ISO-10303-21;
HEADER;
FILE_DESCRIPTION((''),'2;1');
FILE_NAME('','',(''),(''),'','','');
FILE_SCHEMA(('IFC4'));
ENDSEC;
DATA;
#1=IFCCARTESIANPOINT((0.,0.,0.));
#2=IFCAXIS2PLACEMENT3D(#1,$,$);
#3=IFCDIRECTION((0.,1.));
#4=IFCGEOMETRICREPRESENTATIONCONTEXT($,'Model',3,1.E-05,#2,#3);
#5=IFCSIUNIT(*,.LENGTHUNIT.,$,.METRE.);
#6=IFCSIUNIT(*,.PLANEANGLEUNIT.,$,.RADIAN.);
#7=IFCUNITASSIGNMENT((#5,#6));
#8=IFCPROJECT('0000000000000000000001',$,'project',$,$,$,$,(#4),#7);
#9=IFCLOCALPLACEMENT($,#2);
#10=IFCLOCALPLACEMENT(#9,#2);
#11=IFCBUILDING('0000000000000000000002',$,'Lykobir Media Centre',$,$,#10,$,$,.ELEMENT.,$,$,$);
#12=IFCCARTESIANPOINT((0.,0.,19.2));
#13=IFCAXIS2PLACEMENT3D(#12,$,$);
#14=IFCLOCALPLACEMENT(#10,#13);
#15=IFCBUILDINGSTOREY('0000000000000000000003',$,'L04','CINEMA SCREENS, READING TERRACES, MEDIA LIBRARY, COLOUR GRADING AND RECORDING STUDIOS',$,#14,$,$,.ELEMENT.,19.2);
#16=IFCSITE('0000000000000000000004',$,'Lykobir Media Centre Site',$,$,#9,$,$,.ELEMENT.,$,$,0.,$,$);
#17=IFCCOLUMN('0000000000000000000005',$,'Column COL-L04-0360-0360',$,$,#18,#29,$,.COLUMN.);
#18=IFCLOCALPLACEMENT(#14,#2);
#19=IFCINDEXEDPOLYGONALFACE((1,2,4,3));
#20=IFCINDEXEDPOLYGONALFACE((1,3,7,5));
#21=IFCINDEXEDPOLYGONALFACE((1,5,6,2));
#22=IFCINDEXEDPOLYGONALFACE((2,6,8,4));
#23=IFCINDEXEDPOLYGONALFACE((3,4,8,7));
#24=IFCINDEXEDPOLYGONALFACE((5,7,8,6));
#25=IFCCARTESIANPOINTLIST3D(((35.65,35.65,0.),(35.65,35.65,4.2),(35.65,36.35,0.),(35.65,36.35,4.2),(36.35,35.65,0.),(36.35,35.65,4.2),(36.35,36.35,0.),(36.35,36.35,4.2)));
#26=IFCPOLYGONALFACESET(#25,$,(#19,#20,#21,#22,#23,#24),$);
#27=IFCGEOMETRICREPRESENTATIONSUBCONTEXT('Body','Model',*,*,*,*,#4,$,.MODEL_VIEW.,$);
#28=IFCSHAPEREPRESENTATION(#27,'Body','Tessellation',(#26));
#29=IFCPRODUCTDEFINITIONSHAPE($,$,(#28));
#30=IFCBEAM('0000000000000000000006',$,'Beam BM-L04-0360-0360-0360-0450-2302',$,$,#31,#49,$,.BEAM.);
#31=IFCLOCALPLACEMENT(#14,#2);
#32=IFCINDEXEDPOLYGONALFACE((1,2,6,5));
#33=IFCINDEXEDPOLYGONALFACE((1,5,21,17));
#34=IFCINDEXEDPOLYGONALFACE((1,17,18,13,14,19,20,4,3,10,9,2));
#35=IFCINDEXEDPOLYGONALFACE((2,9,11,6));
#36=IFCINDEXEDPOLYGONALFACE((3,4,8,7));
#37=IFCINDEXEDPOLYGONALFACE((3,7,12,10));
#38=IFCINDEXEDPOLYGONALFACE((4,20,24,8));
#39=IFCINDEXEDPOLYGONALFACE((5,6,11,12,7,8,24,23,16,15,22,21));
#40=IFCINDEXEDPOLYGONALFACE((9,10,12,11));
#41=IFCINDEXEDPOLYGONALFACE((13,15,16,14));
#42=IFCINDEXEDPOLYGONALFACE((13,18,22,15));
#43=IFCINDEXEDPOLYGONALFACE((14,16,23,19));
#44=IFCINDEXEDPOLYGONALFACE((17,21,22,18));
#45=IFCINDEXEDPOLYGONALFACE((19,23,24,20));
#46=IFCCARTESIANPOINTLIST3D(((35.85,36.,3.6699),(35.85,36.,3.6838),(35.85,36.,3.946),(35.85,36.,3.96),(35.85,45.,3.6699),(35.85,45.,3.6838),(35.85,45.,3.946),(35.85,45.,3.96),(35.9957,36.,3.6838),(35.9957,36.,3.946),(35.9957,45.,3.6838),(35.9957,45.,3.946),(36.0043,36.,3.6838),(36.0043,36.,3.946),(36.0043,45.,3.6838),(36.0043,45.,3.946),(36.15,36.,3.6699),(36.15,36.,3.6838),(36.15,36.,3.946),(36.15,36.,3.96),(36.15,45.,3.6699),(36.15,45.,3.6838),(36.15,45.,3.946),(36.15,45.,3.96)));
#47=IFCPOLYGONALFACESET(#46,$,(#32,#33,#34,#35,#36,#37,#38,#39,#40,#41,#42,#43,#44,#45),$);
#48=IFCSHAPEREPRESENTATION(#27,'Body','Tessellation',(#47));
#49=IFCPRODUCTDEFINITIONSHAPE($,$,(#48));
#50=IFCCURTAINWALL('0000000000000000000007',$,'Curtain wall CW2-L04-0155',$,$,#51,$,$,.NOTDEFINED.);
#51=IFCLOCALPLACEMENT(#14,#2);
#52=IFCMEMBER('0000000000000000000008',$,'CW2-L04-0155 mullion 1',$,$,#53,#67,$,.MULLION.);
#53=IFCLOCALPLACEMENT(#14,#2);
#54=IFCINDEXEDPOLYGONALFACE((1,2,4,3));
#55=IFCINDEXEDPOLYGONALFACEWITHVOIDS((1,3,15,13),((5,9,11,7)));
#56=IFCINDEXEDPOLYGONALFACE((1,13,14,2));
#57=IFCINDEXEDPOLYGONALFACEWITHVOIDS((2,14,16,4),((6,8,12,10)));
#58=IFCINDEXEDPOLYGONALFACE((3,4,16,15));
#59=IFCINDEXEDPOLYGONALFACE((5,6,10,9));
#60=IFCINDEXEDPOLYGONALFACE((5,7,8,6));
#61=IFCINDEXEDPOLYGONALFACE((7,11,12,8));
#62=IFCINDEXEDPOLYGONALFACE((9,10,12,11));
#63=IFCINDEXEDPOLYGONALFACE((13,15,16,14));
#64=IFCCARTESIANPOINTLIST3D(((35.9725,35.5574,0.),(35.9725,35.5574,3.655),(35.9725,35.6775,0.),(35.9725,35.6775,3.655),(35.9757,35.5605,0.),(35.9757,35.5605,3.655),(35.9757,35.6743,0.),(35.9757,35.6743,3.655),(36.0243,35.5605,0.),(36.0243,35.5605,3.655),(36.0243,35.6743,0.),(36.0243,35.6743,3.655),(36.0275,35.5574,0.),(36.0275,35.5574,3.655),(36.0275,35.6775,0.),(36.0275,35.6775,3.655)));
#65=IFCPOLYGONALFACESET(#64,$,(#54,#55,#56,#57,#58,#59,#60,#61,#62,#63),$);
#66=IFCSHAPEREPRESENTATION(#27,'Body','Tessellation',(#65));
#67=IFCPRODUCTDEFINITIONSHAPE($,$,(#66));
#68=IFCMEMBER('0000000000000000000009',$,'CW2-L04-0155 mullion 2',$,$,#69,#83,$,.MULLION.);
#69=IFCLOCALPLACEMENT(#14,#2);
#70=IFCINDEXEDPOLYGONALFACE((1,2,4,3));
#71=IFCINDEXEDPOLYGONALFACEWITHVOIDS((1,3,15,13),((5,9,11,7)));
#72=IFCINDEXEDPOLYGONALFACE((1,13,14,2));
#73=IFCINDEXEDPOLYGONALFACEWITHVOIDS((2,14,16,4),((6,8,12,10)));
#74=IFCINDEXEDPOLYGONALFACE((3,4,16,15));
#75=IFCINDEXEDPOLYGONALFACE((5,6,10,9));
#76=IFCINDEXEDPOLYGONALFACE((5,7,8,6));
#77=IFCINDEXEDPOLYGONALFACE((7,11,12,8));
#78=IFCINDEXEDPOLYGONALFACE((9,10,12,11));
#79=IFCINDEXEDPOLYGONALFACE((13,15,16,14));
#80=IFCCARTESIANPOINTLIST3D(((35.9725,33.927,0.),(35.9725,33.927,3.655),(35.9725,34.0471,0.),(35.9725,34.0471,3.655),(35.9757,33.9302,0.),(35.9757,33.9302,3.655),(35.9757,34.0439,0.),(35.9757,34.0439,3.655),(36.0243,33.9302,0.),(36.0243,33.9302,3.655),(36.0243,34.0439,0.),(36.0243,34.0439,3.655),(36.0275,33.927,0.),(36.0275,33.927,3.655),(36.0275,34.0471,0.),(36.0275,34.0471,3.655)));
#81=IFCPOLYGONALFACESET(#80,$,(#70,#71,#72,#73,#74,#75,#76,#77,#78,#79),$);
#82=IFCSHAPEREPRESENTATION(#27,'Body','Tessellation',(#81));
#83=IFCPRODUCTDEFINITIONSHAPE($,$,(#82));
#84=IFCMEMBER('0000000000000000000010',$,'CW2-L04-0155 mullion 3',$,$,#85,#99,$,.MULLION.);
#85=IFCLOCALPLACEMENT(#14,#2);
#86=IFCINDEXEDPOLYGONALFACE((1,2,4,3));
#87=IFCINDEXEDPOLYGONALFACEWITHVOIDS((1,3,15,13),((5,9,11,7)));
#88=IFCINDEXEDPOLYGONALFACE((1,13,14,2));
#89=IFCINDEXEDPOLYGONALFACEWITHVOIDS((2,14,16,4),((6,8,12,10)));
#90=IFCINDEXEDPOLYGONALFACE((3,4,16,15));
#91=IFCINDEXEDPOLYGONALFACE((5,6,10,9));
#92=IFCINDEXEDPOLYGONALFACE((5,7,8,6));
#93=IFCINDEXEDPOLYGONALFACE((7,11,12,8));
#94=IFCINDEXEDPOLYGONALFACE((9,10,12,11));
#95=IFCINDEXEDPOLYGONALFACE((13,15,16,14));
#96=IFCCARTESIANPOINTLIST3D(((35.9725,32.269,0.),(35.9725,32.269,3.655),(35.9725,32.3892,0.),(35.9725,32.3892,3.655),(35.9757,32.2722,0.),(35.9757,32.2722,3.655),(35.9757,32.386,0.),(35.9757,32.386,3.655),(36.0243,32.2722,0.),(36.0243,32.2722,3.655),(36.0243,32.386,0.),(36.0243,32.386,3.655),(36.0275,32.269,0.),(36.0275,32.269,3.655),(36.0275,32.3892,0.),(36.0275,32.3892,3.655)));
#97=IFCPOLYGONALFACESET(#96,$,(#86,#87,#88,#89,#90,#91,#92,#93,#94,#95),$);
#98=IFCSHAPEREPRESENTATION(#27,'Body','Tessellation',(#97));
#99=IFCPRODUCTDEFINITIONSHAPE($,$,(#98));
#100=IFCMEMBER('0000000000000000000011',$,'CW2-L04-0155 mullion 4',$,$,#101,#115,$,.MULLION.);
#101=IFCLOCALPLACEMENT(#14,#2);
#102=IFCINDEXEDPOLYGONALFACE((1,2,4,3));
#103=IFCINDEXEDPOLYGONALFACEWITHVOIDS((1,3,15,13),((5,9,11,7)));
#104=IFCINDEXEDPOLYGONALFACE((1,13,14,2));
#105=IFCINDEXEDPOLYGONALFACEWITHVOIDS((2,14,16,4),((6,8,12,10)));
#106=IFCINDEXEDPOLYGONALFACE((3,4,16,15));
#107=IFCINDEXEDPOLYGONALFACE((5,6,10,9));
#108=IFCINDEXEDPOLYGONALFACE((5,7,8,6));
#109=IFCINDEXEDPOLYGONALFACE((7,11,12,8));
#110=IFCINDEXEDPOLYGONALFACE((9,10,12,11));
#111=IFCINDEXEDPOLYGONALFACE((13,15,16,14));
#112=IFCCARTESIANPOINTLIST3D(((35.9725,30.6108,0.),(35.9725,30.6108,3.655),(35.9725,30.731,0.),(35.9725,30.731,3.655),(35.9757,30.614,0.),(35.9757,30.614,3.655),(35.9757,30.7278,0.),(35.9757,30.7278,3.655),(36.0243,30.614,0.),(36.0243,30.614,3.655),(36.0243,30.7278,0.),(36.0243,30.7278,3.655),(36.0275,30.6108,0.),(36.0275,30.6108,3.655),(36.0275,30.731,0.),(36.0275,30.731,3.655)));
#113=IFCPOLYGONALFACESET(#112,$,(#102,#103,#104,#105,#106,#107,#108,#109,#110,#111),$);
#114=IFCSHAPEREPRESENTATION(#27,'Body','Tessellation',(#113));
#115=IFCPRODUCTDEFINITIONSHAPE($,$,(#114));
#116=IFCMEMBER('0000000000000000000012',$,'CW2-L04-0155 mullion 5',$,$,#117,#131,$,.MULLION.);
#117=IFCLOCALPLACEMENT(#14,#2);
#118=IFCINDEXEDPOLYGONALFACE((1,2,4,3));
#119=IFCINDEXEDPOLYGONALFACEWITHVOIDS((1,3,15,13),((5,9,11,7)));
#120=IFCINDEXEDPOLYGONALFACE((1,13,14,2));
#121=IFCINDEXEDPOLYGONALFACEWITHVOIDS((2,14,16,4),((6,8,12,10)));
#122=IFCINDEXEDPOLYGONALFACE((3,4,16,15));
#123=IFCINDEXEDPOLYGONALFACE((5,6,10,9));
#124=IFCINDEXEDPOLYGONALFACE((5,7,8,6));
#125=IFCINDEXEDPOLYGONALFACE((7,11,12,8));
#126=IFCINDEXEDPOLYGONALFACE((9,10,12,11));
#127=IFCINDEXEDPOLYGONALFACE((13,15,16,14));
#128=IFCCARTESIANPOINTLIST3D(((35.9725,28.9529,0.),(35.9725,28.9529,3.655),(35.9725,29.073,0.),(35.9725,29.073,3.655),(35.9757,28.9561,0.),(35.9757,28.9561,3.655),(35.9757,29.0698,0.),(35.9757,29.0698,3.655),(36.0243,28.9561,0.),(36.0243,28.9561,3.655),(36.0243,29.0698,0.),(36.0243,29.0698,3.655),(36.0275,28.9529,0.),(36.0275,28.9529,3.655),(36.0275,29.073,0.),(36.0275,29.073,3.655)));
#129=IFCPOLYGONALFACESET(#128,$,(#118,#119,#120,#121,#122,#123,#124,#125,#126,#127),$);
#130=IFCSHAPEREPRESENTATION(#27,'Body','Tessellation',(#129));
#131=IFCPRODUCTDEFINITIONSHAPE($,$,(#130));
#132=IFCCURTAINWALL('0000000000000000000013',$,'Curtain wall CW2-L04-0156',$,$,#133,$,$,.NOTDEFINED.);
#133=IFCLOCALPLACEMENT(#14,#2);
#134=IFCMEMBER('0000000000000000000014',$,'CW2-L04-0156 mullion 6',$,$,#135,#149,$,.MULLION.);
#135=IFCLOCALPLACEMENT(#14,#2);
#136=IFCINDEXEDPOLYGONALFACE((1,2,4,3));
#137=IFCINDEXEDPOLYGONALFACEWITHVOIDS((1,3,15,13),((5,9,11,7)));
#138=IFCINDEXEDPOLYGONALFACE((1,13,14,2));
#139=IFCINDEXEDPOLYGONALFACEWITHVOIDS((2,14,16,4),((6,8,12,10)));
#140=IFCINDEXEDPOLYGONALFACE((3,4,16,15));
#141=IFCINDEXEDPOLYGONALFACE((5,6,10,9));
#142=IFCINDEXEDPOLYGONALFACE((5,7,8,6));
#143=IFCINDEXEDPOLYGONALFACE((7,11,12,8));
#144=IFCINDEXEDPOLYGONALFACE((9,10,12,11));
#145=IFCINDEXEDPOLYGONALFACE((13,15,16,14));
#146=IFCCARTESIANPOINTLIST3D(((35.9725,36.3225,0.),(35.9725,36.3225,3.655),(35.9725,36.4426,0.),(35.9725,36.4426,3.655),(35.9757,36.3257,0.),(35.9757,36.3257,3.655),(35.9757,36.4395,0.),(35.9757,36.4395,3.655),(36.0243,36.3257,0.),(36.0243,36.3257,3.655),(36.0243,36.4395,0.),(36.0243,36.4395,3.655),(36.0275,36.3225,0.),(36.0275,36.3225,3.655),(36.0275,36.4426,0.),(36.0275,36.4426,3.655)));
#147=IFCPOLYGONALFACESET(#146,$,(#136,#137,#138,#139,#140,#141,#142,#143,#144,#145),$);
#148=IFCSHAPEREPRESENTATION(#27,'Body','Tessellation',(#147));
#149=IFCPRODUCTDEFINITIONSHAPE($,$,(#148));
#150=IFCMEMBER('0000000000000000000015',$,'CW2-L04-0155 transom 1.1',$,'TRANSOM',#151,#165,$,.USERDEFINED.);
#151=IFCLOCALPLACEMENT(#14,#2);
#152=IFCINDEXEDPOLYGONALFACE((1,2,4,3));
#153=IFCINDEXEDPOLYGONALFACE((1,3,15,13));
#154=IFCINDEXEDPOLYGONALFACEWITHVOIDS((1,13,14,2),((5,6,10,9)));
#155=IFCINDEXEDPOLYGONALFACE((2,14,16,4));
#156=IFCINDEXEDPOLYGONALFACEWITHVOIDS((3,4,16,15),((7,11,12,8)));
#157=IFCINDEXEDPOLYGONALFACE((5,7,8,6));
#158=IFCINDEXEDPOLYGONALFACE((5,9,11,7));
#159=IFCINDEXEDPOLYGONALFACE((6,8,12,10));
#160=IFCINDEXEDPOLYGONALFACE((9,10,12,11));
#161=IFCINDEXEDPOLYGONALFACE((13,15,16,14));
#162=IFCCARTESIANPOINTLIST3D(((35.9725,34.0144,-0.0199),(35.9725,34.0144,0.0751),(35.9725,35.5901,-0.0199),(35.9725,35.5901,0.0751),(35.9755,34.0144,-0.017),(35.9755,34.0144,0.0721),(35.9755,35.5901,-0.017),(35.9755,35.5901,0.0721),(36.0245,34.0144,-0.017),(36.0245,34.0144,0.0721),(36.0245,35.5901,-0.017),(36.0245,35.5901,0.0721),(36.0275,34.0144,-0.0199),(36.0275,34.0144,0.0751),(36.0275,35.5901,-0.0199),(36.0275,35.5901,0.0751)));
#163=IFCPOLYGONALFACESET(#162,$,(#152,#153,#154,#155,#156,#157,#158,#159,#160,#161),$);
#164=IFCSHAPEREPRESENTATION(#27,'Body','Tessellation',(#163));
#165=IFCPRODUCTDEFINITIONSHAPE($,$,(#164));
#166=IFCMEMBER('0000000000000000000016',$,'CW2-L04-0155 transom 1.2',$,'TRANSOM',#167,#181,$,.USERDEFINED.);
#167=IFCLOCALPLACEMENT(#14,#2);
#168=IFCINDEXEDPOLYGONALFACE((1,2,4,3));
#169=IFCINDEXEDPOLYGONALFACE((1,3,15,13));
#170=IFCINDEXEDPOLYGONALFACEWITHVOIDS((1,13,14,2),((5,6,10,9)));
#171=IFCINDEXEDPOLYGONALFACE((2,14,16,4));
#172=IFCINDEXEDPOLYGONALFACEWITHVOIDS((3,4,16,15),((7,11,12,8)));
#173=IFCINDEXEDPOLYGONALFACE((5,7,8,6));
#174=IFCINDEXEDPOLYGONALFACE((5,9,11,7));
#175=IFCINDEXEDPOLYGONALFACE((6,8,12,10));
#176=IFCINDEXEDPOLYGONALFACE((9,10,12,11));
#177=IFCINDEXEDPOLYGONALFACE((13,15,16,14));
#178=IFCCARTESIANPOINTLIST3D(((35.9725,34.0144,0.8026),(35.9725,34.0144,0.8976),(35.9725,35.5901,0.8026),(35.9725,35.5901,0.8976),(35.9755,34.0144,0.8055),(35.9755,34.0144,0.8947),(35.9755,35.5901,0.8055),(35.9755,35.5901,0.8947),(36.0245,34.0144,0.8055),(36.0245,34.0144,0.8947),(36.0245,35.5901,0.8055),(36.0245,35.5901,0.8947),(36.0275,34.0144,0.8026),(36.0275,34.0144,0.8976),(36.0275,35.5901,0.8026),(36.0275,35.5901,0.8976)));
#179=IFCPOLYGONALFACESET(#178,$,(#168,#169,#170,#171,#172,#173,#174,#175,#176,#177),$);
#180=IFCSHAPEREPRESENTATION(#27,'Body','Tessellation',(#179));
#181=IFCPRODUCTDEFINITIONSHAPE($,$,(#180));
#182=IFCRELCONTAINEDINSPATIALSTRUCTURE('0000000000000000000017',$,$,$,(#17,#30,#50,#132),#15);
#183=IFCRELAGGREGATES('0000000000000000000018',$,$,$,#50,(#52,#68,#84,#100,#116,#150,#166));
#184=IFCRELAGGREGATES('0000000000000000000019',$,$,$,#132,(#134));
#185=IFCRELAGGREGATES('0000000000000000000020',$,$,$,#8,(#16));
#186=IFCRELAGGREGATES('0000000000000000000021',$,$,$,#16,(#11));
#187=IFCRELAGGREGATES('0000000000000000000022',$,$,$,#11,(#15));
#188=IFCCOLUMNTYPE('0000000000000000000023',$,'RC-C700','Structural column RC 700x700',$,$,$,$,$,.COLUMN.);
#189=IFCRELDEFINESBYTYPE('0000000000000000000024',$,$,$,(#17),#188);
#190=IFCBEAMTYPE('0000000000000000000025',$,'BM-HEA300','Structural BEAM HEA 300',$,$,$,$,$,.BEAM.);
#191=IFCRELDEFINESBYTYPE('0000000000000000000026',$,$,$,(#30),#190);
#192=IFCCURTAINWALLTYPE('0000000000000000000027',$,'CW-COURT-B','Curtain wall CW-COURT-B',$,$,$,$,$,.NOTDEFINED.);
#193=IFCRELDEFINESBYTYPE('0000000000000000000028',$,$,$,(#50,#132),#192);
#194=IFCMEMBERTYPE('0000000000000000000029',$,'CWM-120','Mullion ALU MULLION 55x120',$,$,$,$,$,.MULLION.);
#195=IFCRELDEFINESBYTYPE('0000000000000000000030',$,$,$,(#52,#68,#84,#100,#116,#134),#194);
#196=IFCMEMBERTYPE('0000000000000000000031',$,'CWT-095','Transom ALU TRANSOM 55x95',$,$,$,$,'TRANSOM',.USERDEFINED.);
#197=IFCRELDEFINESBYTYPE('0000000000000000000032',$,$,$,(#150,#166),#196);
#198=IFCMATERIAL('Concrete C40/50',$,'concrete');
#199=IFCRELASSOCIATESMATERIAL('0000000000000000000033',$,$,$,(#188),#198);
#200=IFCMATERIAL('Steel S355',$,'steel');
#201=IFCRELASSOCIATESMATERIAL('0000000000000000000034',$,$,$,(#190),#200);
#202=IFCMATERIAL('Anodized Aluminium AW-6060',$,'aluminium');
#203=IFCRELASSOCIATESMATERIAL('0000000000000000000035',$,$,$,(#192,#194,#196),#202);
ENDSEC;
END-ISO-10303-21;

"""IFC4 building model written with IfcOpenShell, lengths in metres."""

from ifc_helpers import new_model, si_unit, direction, frame, origin, origin_2d, place, context, subcontext, project, spatial, rectangle, hollow_rectangle, i_section, extrude, material, material_profile, profile_set, type_object, element, aggregate, save


model = new_model("IFC4")

# Units and contexts
model_context = context("Model", 3, precision=1e-05, world=origin(), true_north=direction((0.0, 1.0)))
body_context = subcontext(model_context, "Body", "Model", "MODEL_VIEW")
ifc_project = project(units=[si_unit("LENGTHUNIT", "METRE"), si_unit("PLANEANGLEUNIT", "RADIAN")], contexts=[model_context])

# Site, building, storey
site_placement = place(None, origin())
site = spatial("IfcSite", under=ifc_project, at=site_placement, Name="Lykobir Media Centre Site", CompositionType="ELEMENT", RefElevation=0.0)
building_placement = place(site_placement, origin())
building = spatial("IfcBuilding", under=site, at=building_placement, Name="Lykobir Media Centre", CompositionType="ELEMENT")
storey_placement = place(building_placement, frame((0.0, 0.0, 19.2)))
storey = spatial("IfcBuildingStorey", under=building, at=storey_placement, Name="L04", Description="CINEMA SCREENS, READING TERRACES, MEDIA LIBRARY, COLOUR GRADING AND RECORDING STUDIOS", CompositionType="ELEMENT", Elevation=19.2)

# Column
ifc_material_1 = material(Name="Concrete C40/50", Category="concrete")
ifc_material_profile_1 = material_profile(ifc_material_1, rectangle(XDim=0.7, YDim=0.7, at=origin_2d()), Name="RC 700x700")
ifc_profile_set_1 = profile_set([ifc_material_profile_1], Name="Concrete C40/50")
column_type = type_object("IfcColumnType", Name="RC-C700", Description="Structural column RC 700x700", PredefinedType="COLUMN", material=ifc_profile_set_1)
column_placement = place(storey_placement, frame((36.0, 36.0, 0.0), z_axis=(0.0, 0.0, 1.0), x_axis=(1.0, 0.0, 0.0)))
element("IfcColumn", 1, at=column_placement, inside=storey, type_object=column_type, Name="Column COL-L04-0360-0360", PredefinedType="COLUMN", context=body_context, shape_type="SweptSolid", body=[
    extrude(rectangle(XDim=0.7, YDim=0.7, at=origin_2d()), origin(), (0.0, 0.0, 1.0), 4.2),
])

# Beam
ifc_material_2 = material(Name="Steel S355", Category="steel")
ifc_material_profile_2 = material_profile(ifc_material_2, i_section(OverallWidth=0.3, OverallDepth=0.29, WebThickness=0.0085, FlangeThickness=0.0139, at=origin_2d()), Name="HEA 300")
ifc_profile_set_2 = profile_set([ifc_material_profile_2], Name="Steel S355")
beam_type = type_object("IfcBeamType", Name="BM-HEA300", Description="Structural BEAM HEA 300", PredefinedType="BEAM", material=ifc_profile_set_2)
beam_placement = place(storey_placement, frame((36.0, 36.0, 3.8149), z_axis=(0.0, 1.0, 0.0), x_axis=(-1.0, 0.0, 0.0)))
element("IfcBeam", 2, at=beam_placement, inside=storey, type_object=beam_type, Name="Beam BM-L04-0360-0360-0360-0450-2302", PredefinedType="BEAM", context=body_context, shape_type="SweptSolid", body=[
    extrude(i_section(OverallWidth=0.3, OverallDepth=0.29, WebThickness=0.0085, FlangeThickness=0.0139, at=origin_2d()), origin(), (0.0, 0.0, 1.0), 9.0),
])

# Curtain wall, members
ifc_material_3 = material(Name="Anodized Aluminium AW-6060", Category="aluminium")
curtain_wall_type = type_object("IfcCurtainWallType", Name="CW-COURT-B", Description="Curtain wall CW-COURT-B", PredefinedType="NOTDEFINED", material=ifc_material_3)
curtain_wall_1_placement = place(storey_placement, origin())
curtain_wall_1 = element("IfcCurtainWall", 3, at=curtain_wall_1_placement, inside=storey, type_object=curtain_wall_type, Name="Curtain wall CW2-L04-0155", PredefinedType="NOTDEFINED")
ifc_material_profile_3 = material_profile(ifc_material_3, hollow_rectangle(XDim=0.0549, YDim=0.1201, WallThickness=0.0032, at=origin_2d()), Name="ALU MULLION 55x120")
ifc_profile_set_3 = profile_set([ifc_material_profile_3], Name="Anodized Aluminium AW-6060")
member_type_1 = type_object("IfcMemberType", Name="CWM-120", Description="Mullion ALU MULLION 55x120", PredefinedType="MULLION", material=ifc_profile_set_3)
member_1_placement = place(storey_placement, frame((36.0, 35.6174, 0.0), z_axis=(0.0, 0.0, 1.0), x_axis=(1.0, 0.0, 0.0)))
member_1 = element("IfcMember", 4, at=member_1_placement, type_object=member_type_1, Name="CW2-L04-0155 mullion 1", PredefinedType="MULLION", context=body_context, shape_type="SweptSolid", body=[
    extrude(hollow_rectangle(XDim=0.0549, YDim=0.1201, WallThickness=0.0032, at=origin_2d()), origin(), (0.0, 0.0, 1.0), 3.655),
])
member_2_placement = place(storey_placement, frame((36.0, 33.9871, 0.0), z_axis=(0.0, 0.0, 1.0), x_axis=(1.0, 0.0, 0.0)))
member_2 = element("IfcMember", 5, at=member_2_placement, type_object=member_type_1, Name="CW2-L04-0155 mullion 2", PredefinedType="MULLION", context=body_context, shape_type="SweptSolid", body=[
    extrude(hollow_rectangle(XDim=0.0549, YDim=0.1201, WallThickness=0.0032, at=origin_2d()), origin(), (0.0, 0.0, 1.0), 3.655),
])
member_3_placement = place(storey_placement, frame((36.0, 32.3291, 0.0), z_axis=(0.0, 0.0, 1.0), x_axis=(1.0, 0.0, 0.0)))
member_3 = element("IfcMember", 6, at=member_3_placement, type_object=member_type_1, Name="CW2-L04-0155 mullion 3", PredefinedType="MULLION", context=body_context, shape_type="SweptSolid", body=[
    extrude(hollow_rectangle(XDim=0.0549, YDim=0.1201, WallThickness=0.0032, at=origin_2d()), origin(), (0.0, 0.0, 1.0), 3.655),
])
member_4_placement = place(storey_placement, frame((36.0, 30.6709, 0.0), z_axis=(0.0, 0.0, 1.0), x_axis=(1.0, 0.0, 0.0)))
member_4 = element("IfcMember", 7, at=member_4_placement, type_object=member_type_1, Name="CW2-L04-0155 mullion 4", PredefinedType="MULLION", context=body_context, shape_type="SweptSolid", body=[
    extrude(hollow_rectangle(XDim=0.0549, YDim=0.1201, WallThickness=0.0032, at=origin_2d()), origin(), (0.0, 0.0, 1.0), 3.655),
])
member_5_placement = place(storey_placement, frame((36.0, 29.0129, 0.0), z_axis=(0.0, 0.0, 1.0), x_axis=(1.0, 0.0, 0.0)))
member_5 = element("IfcMember", 8, at=member_5_placement, type_object=member_type_1, Name="CW2-L04-0155 mullion 5", PredefinedType="MULLION", context=body_context, shape_type="SweptSolid", body=[
    extrude(hollow_rectangle(XDim=0.0549, YDim=0.1201, WallThickness=0.0032, at=origin_2d()), origin(), (0.0, 0.0, 1.0), 3.655),
])

# Curtain wall, member
curtain_wall_2_placement = place(storey_placement, origin())
curtain_wall_2 = element("IfcCurtainWall", 9, at=curtain_wall_2_placement, inside=storey, type_object=curtain_wall_type, Name="Curtain wall CW2-L04-0156", PredefinedType="NOTDEFINED")
member_6_placement = place(storey_placement, frame((36.0, 36.3826, 0.0), z_axis=(0.0, 0.0, 1.0), x_axis=(1.0, 0.0, 0.0)))
member_6 = element("IfcMember", 10, at=member_6_placement, type_object=member_type_1, Name="CW2-L04-0156 mullion 6", PredefinedType="MULLION", context=body_context, shape_type="SweptSolid", body=[
    extrude(hollow_rectangle(XDim=0.0549, YDim=0.1201, WallThickness=0.0032, at=origin_2d()), origin(), (0.0, 0.0, 1.0), 3.655),
])

# Members
ifc_material_profile_4 = material_profile(ifc_material_3, hollow_rectangle(XDim=0.0549, YDim=0.095, WallThickness=0.0029, at=origin_2d()), Name="ALU TRANSOM 55x95")
ifc_profile_set_4 = profile_set([ifc_material_profile_4], Name="Anodized Aluminium AW-6060")
member_type_2 = type_object("IfcMemberType", Name="CWT-095", Description="Transom ALU TRANSOM 55x95", ElementType="TRANSOM", PredefinedType="USERDEFINED", material=ifc_profile_set_4)
member_7_placement = place(storey_placement, frame((36.0, 35.5901, 0.0276), z_axis=(0.0, -1.0, 0.0), x_axis=(1.0, 0.0, 0.0)))
member_7 = element("IfcMember", 11, at=member_7_placement, type_object=member_type_2, Name="CW2-L04-0155 transom 1.1", ObjectType="TRANSOM", PredefinedType="USERDEFINED", context=body_context, shape_type="SweptSolid", body=[
    extrude(hollow_rectangle(XDim=0.0549, YDim=0.095, WallThickness=0.0029, at=origin_2d()), origin(), (0.0, 0.0, 1.0), 1.5757),
])
member_8_placement = place(storey_placement, frame((36.0, 35.5901, 0.8501), z_axis=(0.0, -1.0, 0.0), x_axis=(1.0, 0.0, 0.0)))
member_8 = element("IfcMember", 12, at=member_8_placement, type_object=member_type_2, Name="CW2-L04-0155 transom 1.2", ObjectType="TRANSOM", PredefinedType="USERDEFINED", context=body_context, shape_type="SweptSolid", body=[
    extrude(hollow_rectangle(XDim=0.0549, YDim=0.095, WallThickness=0.0029, at=origin_2d()), origin(), (0.0, 0.0, 1.0), 1.5757),
])

aggregate(curtain_wall_1, [member_1, member_2, member_3, member_4, member_5, member_7, member_8])
aggregate(curtain_wall_2, [member_6])

save(model, "model.ifc")
